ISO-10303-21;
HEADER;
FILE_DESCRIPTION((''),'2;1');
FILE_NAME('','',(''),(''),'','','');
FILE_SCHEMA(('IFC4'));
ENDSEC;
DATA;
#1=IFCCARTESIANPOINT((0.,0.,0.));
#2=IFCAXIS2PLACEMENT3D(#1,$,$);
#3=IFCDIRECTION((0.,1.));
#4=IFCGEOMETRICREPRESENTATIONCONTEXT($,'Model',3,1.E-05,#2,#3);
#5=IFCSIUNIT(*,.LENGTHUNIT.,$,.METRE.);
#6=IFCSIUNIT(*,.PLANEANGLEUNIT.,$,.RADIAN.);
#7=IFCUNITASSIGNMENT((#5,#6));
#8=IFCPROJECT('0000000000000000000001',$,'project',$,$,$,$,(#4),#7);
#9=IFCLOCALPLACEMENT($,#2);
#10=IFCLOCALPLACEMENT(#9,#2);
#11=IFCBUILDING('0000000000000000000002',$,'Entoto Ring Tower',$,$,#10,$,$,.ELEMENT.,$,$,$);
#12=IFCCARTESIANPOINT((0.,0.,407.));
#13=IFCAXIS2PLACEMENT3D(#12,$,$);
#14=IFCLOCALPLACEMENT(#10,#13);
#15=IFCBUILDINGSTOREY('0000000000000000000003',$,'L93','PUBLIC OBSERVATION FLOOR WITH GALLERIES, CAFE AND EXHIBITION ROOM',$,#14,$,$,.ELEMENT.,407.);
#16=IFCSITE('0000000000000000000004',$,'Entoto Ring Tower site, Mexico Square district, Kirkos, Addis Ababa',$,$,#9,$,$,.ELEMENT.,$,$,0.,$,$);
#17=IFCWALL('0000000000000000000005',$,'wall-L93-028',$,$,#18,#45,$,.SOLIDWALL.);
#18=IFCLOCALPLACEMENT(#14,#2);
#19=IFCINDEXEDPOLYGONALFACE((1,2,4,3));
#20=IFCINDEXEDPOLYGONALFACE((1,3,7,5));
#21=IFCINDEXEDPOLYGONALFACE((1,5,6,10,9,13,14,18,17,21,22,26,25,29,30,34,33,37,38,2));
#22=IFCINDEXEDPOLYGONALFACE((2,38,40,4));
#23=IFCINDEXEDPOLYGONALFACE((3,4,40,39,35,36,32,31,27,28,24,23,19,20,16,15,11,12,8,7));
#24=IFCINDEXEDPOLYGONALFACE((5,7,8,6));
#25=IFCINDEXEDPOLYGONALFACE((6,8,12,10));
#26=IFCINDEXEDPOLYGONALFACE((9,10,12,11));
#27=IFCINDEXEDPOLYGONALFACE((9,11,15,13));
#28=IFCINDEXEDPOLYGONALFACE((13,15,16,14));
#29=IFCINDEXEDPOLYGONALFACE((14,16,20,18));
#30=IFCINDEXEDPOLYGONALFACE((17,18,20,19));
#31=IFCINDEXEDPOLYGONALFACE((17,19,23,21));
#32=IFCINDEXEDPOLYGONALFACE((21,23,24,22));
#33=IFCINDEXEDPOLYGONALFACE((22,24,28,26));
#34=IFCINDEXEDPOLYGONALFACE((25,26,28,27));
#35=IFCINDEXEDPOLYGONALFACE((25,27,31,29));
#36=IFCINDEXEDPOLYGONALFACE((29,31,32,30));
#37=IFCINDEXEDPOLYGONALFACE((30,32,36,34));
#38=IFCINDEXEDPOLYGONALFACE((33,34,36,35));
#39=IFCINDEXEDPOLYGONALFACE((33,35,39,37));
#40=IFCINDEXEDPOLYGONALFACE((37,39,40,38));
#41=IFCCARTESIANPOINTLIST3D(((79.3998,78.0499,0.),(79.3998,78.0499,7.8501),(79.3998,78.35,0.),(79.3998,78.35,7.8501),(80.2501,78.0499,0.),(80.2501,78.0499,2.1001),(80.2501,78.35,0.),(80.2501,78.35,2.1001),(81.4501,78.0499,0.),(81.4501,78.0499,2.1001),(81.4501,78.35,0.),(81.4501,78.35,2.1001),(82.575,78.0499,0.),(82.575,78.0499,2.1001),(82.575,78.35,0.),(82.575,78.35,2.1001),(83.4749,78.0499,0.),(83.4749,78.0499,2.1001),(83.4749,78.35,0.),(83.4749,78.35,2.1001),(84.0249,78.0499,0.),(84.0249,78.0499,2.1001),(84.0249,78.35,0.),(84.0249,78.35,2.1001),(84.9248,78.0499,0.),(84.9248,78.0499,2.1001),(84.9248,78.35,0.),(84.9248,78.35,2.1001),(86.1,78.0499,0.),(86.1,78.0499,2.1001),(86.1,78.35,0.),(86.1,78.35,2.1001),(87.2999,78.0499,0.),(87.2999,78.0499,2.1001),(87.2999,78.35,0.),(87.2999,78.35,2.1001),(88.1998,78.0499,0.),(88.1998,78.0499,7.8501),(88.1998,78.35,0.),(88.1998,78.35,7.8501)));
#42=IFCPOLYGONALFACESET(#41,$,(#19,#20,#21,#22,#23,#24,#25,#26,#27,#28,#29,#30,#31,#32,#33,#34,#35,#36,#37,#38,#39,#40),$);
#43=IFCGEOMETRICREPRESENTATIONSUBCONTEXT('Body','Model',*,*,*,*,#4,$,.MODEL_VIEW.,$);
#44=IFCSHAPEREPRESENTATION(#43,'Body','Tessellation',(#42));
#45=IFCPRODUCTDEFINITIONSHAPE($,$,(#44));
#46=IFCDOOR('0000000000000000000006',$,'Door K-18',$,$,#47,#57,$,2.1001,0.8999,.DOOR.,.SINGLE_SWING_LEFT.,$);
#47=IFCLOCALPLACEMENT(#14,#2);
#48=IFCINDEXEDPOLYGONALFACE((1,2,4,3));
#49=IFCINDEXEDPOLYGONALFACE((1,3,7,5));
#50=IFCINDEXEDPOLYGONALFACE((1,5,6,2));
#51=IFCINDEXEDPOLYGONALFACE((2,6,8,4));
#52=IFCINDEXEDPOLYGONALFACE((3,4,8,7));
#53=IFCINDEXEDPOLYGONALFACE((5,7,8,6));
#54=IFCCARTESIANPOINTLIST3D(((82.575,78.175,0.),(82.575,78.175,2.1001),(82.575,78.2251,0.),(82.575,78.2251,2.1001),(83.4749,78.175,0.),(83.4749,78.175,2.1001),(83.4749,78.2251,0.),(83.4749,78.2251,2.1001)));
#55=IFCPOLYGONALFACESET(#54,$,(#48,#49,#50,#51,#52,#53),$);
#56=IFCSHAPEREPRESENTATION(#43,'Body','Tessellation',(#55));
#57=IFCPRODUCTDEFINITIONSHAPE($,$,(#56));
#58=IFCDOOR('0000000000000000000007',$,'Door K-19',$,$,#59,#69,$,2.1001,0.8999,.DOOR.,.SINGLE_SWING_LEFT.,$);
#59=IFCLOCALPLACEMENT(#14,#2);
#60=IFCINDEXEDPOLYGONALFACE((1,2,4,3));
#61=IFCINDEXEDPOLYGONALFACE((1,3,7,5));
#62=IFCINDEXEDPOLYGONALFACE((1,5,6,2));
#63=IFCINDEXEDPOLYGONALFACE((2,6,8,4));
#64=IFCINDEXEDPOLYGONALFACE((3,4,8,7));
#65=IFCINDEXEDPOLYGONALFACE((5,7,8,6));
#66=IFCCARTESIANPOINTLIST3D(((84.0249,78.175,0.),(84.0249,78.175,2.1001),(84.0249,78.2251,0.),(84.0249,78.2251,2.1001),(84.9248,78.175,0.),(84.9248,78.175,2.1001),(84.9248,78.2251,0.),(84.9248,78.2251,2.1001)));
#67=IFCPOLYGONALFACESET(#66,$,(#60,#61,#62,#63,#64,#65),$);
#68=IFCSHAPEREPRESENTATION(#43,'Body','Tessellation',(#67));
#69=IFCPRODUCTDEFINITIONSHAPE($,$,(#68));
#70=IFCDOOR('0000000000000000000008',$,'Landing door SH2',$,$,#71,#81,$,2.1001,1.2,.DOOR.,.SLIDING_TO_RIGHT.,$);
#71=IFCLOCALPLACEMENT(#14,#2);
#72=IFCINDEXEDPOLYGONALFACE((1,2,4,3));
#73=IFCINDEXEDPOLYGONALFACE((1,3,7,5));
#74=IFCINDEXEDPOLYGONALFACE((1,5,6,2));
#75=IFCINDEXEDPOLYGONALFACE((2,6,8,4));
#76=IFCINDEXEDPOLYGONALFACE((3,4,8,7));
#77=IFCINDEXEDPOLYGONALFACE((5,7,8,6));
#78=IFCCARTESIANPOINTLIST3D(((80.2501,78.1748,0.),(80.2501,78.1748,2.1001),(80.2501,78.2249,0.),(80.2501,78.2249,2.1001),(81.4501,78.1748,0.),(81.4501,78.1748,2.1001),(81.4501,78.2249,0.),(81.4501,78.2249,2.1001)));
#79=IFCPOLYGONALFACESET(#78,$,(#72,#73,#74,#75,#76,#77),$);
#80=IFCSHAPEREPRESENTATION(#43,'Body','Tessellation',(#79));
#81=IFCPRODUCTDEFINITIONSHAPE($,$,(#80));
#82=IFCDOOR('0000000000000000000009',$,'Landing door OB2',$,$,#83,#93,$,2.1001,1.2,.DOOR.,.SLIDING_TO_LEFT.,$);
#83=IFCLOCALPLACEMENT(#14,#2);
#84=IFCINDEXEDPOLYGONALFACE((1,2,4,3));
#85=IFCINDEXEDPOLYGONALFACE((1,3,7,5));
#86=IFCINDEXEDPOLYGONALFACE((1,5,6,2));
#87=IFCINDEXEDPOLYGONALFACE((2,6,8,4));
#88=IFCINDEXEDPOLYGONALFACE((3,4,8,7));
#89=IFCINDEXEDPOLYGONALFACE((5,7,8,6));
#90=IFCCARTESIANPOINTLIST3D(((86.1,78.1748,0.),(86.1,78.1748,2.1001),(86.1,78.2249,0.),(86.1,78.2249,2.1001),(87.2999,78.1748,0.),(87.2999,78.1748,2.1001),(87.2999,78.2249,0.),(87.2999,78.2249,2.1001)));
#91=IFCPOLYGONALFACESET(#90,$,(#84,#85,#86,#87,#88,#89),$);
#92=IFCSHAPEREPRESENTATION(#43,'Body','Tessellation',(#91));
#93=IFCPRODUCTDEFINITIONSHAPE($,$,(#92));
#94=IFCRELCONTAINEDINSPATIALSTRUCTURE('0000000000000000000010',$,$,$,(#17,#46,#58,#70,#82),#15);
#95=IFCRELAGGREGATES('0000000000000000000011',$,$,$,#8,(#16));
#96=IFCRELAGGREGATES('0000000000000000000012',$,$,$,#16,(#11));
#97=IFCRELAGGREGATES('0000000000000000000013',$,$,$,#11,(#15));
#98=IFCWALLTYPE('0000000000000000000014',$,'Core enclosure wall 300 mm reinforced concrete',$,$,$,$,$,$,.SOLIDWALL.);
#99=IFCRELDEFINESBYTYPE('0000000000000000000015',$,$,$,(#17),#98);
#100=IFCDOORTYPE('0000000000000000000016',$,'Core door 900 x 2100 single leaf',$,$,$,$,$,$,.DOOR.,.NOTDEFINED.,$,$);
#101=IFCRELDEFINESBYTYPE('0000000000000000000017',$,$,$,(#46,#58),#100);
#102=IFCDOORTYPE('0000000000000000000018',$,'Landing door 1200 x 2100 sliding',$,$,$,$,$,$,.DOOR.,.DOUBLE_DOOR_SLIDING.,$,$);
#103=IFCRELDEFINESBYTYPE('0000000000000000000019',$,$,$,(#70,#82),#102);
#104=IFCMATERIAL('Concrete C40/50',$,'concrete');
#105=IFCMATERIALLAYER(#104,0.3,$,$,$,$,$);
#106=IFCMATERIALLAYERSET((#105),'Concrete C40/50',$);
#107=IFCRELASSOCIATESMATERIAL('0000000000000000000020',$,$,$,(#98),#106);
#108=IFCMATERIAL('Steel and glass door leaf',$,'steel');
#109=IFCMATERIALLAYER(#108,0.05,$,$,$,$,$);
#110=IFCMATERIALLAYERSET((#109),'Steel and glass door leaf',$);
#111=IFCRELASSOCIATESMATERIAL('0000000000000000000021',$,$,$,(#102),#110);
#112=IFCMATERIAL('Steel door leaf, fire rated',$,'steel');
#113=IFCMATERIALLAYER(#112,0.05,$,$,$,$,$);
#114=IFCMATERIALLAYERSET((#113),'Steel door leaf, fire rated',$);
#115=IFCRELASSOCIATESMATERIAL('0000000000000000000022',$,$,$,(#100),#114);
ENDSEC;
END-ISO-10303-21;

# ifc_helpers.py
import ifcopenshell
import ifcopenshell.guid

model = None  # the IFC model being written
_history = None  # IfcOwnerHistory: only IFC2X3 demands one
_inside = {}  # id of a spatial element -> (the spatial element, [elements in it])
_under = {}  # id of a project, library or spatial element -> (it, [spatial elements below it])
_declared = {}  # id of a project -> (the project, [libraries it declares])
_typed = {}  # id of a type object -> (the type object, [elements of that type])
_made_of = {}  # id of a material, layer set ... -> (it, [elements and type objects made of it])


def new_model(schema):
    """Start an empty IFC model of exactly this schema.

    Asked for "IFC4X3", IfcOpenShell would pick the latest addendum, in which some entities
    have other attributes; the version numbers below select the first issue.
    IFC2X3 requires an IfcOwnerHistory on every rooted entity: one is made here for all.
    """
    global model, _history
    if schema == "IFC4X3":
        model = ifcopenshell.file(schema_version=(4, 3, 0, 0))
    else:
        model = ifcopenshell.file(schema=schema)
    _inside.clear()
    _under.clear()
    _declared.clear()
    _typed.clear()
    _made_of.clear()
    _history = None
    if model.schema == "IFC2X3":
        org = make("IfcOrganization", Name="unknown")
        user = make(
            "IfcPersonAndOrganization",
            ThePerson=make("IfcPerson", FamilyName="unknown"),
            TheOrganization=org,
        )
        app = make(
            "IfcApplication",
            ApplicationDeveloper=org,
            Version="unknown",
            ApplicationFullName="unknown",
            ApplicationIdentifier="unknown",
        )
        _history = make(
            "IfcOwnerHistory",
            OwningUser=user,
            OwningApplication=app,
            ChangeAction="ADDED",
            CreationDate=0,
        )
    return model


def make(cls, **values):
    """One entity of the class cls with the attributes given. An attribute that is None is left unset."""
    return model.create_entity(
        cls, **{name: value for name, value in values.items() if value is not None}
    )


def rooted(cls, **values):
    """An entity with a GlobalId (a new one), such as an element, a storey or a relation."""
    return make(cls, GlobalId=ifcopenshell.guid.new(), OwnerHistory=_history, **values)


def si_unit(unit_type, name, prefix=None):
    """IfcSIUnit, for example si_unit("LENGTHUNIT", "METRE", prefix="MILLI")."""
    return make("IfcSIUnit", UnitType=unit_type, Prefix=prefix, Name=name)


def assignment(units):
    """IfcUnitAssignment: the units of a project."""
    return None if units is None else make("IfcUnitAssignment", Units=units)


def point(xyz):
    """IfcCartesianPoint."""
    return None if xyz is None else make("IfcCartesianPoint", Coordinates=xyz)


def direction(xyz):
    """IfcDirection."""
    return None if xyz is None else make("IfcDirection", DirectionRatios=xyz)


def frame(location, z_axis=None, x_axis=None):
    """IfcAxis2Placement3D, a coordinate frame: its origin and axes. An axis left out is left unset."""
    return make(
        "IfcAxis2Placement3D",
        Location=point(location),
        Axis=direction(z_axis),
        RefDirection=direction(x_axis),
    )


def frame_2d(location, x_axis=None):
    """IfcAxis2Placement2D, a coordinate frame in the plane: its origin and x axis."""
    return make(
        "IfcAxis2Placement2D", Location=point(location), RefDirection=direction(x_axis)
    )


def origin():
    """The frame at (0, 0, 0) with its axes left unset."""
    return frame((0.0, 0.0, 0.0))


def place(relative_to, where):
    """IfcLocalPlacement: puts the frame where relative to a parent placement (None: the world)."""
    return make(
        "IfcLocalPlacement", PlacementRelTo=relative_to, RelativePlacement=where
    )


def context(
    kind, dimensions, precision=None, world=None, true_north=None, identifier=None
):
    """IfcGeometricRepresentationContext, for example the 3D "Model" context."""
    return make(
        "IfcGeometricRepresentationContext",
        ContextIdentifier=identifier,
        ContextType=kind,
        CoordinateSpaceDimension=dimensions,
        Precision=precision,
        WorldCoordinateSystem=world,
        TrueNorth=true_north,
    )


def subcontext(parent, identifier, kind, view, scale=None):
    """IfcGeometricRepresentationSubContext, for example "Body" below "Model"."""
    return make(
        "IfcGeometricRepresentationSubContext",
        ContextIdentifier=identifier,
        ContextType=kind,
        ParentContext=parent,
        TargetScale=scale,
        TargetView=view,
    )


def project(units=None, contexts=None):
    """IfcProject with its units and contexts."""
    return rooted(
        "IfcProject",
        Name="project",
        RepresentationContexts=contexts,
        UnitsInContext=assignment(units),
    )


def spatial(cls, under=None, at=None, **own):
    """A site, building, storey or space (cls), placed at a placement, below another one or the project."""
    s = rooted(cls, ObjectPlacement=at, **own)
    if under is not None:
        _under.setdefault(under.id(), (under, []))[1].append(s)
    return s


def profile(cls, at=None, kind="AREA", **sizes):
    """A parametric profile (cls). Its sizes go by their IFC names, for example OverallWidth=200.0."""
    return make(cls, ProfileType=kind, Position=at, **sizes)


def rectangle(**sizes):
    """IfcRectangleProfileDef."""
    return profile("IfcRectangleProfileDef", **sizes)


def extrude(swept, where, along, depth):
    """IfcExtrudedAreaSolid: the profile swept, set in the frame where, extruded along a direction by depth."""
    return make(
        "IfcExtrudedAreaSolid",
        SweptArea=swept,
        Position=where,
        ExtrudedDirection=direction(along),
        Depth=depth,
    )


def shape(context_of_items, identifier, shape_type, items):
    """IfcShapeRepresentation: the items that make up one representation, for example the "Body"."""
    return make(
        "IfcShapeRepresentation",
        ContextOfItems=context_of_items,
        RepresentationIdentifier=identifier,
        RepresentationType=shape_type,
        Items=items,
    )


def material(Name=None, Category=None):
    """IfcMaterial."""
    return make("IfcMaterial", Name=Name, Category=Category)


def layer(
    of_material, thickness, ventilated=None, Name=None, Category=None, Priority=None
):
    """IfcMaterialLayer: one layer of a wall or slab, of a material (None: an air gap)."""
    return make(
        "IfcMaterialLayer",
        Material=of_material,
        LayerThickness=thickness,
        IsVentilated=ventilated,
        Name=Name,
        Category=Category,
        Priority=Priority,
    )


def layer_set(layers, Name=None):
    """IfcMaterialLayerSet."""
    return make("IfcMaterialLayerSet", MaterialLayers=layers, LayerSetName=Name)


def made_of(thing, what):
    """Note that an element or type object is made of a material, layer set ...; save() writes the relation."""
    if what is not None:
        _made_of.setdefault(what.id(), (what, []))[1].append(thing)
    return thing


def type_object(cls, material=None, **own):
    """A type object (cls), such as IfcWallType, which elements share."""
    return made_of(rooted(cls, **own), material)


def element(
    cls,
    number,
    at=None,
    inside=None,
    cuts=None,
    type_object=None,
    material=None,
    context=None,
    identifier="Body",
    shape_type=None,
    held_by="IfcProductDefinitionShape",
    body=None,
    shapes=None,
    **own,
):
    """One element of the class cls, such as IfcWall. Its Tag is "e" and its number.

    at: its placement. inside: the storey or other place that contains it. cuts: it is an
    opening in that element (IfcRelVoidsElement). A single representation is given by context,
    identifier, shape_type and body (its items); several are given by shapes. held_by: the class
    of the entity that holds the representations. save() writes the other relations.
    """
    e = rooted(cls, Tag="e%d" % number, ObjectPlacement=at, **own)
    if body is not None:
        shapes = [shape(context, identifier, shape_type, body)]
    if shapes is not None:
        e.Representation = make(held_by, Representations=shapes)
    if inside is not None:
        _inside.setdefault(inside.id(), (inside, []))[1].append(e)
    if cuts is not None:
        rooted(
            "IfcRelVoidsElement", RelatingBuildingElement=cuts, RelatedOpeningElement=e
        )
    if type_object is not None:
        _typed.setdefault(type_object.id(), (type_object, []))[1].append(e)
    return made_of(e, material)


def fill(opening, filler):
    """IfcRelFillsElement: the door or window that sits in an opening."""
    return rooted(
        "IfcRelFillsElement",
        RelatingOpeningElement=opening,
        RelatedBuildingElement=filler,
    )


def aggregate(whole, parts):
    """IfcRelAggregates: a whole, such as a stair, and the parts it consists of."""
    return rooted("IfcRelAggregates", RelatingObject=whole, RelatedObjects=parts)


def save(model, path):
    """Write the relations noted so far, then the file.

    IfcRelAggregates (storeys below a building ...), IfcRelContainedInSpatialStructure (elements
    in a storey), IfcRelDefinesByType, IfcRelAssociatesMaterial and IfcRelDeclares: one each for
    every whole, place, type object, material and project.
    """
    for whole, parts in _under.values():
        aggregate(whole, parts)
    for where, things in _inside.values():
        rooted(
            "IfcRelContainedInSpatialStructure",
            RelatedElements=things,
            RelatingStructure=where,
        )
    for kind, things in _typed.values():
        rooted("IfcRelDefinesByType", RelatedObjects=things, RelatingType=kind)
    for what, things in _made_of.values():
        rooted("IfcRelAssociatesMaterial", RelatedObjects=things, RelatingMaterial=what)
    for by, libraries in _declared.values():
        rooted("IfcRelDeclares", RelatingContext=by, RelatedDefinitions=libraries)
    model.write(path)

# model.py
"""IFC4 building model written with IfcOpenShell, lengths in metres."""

from ifc_helpers import new_model, si_unit, direction, frame, frame_2d, origin, place, context, subcontext, project, spatial, rectangle, extrude, material, layer, layer_set, type_object, element, fill, save


model = new_model("IFC4")

# Units and contexts
model_context = context("Model", 3, precision=1e-05, world=origin(), true_north=direction((0.0, 1.0)))
body_context = subcontext(model_context, "Body", "Model", "MODEL_VIEW")
ifc_project = project(units=[si_unit("LENGTHUNIT", "METRE"), si_unit("PLANEANGLEUNIT", "RADIAN")], contexts=[model_context])

# Site, building, storey
site_placement = place(None, origin())
site = spatial("IfcSite", under=ifc_project, at=site_placement, Name="Entoto Ring Tower site, Mexico Square district, Kirkos, Addis Ababa", CompositionType="ELEMENT", RefElevation=0.0)
building_placement = place(site_placement, origin())
building = spatial("IfcBuilding", under=site, at=building_placement, Name="Entoto Ring Tower", CompositionType="ELEMENT")
storey_placement = place(building_placement, frame((0.0, 0.0, 407.0)))
storey = spatial("IfcBuildingStorey", under=building, at=storey_placement, Name="L93", Description="PUBLIC OBSERVATION FLOOR WITH GALLERIES, CAFE AND EXHIBITION ROOM", CompositionType="ELEMENT", Elevation=407.0)

# Shared definitions
ifc_material_1 = material(Name="Concrete C40/50", Category="concrete")
ifc_layer_1 = layer(ifc_material_1, 0.3)
ifc_layer_set_1 = layer_set([ifc_layer_1], Name="Concrete C40/50")
wall_type = type_object("IfcWallType", Name="Core enclosure wall 300 mm reinforced concrete", PredefinedType="SOLIDWALL", material=ifc_layer_set_1)
ifc_material_2 = material(Name="Steel and glass door leaf", Category="steel")
ifc_layer_2 = layer(ifc_material_2, 0.05)
ifc_layer_set_2 = layer_set([ifc_layer_2], Name="Steel and glass door leaf")
door_type_1 = type_object("IfcDoorType", Name="Landing door 1200 x 2100 sliding", OperationType="DOUBLE_DOOR_SLIDING", PredefinedType="DOOR", material=ifc_layer_set_2)

# Wall, openings, doors
wall_1_placement = place(storey_placement, frame((79.3999, 78.2, 0.0), z_axis=(0.0, 0.0, 1.0), x_axis=(1.0, 0.0, 0.0)))
wall_1 = element("IfcWall", 1, at=wall_1_placement, inside=storey, type_object=wall_type, Name="wall-L93-028", PredefinedType="SOLIDWALL", context=body_context, shape_type="SweptSolid", body=[
    extrude(rectangle(XDim=8.8, YDim=0.3, at=frame_2d((4.3999, 0.0))), origin(), (0.0, 0.0, 1.0), 7.8501),
])
opening_1_placement = place(wall_1_placement, frame((0.8501, 0.0, 0.0)))
opening_1 = element("IfcOpeningElement", 2, at=opening_1_placement, cuts=wall_1, PredefinedType="OPENING", context=body_context, shape_type="SweptSolid", body=[
    extrude(rectangle(XDim=1.2, YDim=2.1001, at=frame_2d((0.6001, 1.05))), frame((0.0, 0.1602, 0.0), z_axis=(0.0, -1.0, 0.0), x_axis=(1.0, 0.0, 0.0)), (0.0, 0.0, 1.0), 0.3201),
])
opening_2_placement = place(wall_1_placement, frame((6.7, 0.0, 0.0)))
opening_2 = element("IfcOpeningElement", 3, at=opening_2_placement, cuts=wall_1, PredefinedType="OPENING", context=body_context, shape_type="SweptSolid", body=[
    extrude(rectangle(XDim=1.2, YDim=2.1001, at=frame_2d((0.6001, 1.05))), frame((0.0, 0.1602, 0.0), z_axis=(0.0, -1.0, 0.0), x_axis=(1.0, 0.0, 0.0)), (0.0, 0.0, 1.0), 0.3201),
])
opening_3_placement = place(wall_1_placement, frame((3.175, 0.0, 0.0)))
opening_3 = element("IfcOpeningElement", 4, at=opening_3_placement, cuts=wall_1, PredefinedType="OPENING", context=body_context, shape_type="SweptSolid", body=[
    extrude(rectangle(XDim=0.8999, YDim=2.1001, at=frame_2d((0.45, 1.05))), frame((0.0, 0.1602, 0.0), z_axis=(0.0, -1.0, 0.0), x_axis=(1.0, 0.0, 0.0)), (0.0, 0.0, 1.0), 0.3201),
])
opening_4_placement = place(wall_1_placement, frame((4.625, 0.0, 0.0)))
opening_4 = element("IfcOpeningElement", 5, at=opening_4_placement, cuts=wall_1, PredefinedType="OPENING", context=body_context, shape_type="SweptSolid", body=[
    extrude(rectangle(XDim=0.8999, YDim=2.1001, at=frame_2d((0.45, 1.05))), frame((0.0, 0.1602, 0.0), z_axis=(0.0, -1.0, 0.0), x_axis=(1.0, 0.0, 0.0)), (0.0, 0.0, 1.0), 0.3201),
])
ifc_material_3 = material(Name="Steel door leaf, fire rated", Category="steel")
ifc_layer_3 = layer(ifc_material_3, 0.05)
ifc_layer_set_3 = layer_set([ifc_layer_3], Name="Steel door leaf, fire rated")
door_type_2 = type_object("IfcDoorType", Name="Core door 900 x 2100 single leaf", OperationType="NOTDEFINED", PredefinedType="DOOR", material=ifc_layer_set_3)
door_1_placement = place(opening_3_placement, frame((0.8999, 0.0, 0.0), z_axis=(0.0, 0.0, 1.0), x_axis=(-1.0, 0.0, 0.0)))
door_1 = element("IfcDoor", 6, at=door_1_placement, inside=storey, type_object=door_type_2, Name="Door K-18", OperationType="SINGLE_SWING_LEFT", OverallHeight=2.1001, OverallWidth=0.8999, PredefinedType="DOOR", context=body_context, shape_type="SweptSolid", body=[
    extrude(rectangle(XDim=0.8999, YDim=2.1001, at=frame_2d((0.45, 1.05))), frame((0.0, 0.0249, 0.0), z_axis=(0.0, -1.0, 0.0), x_axis=(1.0, 0.0, 0.0)), (0.0, 0.0, 1.0), 0.05),
])
fill(opening_3, door_1)
door_2_placement = place(opening_4_placement, frame((0.8999, 0.0, 0.0), z_axis=(0.0, 0.0, 1.0), x_axis=(-1.0, 0.0, 0.0)))
door_2 = element("IfcDoor", 7, at=door_2_placement, inside=storey, type_object=door_type_2, Name="Door K-19", OperationType="SINGLE_SWING_LEFT", OverallHeight=2.1001, OverallWidth=0.8999, PredefinedType="DOOR", context=body_context, shape_type="SweptSolid", body=[
    extrude(rectangle(XDim=0.8999, YDim=2.1001, at=frame_2d((0.45, 1.05))), frame((0.0, 0.0249, 0.0), z_axis=(0.0, -1.0, 0.0), x_axis=(1.0, 0.0, 0.0)), (0.0, 0.0, 1.0), 0.05),
])
fill(opening_4, door_2)
door_3_placement = place(opening_1_placement, origin())
door_3 = element("IfcDoor", 8, at=door_3_placement, inside=storey, type_object=door_type_1, Name="Landing door SH2", OperationType="SLIDING_TO_RIGHT", OverallHeight=2.1001, OverallWidth=1.2, PredefinedType="DOOR", context=body_context, shape_type="SweptSolid", body=[
    extrude(rectangle(XDim=1.2, YDim=2.1001, at=frame_2d((0.6001, 1.05))), frame((0.0, 0.0249, 0.0), z_axis=(0.0, -1.0, 0.0), x_axis=(1.0, 0.0, 0.0)), (0.0, 0.0, 1.0), 0.05),
])
fill(opening_1, door_3)
door_4_placement = place(opening_2_placement, origin())
door_4 = element("IfcDoor", 9, at=door_4_placement, inside=storey, type_object=door_type_1, Name="Landing door OB2", OperationType="SLIDING_TO_LEFT", OverallHeight=2.1001, OverallWidth=1.2, PredefinedType="DOOR", context=body_context, shape_type="SweptSolid", body=[
    extrude(rectangle(XDim=1.2, YDim=2.1001, at=frame_2d((0.6001, 1.05))), frame((0.0, 0.0249, 0.0), z_axis=(0.0, -1.0, 0.0), x_axis=(1.0, 0.0, 0.0)), (0.0, 0.0, 1.0), 0.05),
])
fill(opening_2, door_4)

save(model, "model.ifc")
